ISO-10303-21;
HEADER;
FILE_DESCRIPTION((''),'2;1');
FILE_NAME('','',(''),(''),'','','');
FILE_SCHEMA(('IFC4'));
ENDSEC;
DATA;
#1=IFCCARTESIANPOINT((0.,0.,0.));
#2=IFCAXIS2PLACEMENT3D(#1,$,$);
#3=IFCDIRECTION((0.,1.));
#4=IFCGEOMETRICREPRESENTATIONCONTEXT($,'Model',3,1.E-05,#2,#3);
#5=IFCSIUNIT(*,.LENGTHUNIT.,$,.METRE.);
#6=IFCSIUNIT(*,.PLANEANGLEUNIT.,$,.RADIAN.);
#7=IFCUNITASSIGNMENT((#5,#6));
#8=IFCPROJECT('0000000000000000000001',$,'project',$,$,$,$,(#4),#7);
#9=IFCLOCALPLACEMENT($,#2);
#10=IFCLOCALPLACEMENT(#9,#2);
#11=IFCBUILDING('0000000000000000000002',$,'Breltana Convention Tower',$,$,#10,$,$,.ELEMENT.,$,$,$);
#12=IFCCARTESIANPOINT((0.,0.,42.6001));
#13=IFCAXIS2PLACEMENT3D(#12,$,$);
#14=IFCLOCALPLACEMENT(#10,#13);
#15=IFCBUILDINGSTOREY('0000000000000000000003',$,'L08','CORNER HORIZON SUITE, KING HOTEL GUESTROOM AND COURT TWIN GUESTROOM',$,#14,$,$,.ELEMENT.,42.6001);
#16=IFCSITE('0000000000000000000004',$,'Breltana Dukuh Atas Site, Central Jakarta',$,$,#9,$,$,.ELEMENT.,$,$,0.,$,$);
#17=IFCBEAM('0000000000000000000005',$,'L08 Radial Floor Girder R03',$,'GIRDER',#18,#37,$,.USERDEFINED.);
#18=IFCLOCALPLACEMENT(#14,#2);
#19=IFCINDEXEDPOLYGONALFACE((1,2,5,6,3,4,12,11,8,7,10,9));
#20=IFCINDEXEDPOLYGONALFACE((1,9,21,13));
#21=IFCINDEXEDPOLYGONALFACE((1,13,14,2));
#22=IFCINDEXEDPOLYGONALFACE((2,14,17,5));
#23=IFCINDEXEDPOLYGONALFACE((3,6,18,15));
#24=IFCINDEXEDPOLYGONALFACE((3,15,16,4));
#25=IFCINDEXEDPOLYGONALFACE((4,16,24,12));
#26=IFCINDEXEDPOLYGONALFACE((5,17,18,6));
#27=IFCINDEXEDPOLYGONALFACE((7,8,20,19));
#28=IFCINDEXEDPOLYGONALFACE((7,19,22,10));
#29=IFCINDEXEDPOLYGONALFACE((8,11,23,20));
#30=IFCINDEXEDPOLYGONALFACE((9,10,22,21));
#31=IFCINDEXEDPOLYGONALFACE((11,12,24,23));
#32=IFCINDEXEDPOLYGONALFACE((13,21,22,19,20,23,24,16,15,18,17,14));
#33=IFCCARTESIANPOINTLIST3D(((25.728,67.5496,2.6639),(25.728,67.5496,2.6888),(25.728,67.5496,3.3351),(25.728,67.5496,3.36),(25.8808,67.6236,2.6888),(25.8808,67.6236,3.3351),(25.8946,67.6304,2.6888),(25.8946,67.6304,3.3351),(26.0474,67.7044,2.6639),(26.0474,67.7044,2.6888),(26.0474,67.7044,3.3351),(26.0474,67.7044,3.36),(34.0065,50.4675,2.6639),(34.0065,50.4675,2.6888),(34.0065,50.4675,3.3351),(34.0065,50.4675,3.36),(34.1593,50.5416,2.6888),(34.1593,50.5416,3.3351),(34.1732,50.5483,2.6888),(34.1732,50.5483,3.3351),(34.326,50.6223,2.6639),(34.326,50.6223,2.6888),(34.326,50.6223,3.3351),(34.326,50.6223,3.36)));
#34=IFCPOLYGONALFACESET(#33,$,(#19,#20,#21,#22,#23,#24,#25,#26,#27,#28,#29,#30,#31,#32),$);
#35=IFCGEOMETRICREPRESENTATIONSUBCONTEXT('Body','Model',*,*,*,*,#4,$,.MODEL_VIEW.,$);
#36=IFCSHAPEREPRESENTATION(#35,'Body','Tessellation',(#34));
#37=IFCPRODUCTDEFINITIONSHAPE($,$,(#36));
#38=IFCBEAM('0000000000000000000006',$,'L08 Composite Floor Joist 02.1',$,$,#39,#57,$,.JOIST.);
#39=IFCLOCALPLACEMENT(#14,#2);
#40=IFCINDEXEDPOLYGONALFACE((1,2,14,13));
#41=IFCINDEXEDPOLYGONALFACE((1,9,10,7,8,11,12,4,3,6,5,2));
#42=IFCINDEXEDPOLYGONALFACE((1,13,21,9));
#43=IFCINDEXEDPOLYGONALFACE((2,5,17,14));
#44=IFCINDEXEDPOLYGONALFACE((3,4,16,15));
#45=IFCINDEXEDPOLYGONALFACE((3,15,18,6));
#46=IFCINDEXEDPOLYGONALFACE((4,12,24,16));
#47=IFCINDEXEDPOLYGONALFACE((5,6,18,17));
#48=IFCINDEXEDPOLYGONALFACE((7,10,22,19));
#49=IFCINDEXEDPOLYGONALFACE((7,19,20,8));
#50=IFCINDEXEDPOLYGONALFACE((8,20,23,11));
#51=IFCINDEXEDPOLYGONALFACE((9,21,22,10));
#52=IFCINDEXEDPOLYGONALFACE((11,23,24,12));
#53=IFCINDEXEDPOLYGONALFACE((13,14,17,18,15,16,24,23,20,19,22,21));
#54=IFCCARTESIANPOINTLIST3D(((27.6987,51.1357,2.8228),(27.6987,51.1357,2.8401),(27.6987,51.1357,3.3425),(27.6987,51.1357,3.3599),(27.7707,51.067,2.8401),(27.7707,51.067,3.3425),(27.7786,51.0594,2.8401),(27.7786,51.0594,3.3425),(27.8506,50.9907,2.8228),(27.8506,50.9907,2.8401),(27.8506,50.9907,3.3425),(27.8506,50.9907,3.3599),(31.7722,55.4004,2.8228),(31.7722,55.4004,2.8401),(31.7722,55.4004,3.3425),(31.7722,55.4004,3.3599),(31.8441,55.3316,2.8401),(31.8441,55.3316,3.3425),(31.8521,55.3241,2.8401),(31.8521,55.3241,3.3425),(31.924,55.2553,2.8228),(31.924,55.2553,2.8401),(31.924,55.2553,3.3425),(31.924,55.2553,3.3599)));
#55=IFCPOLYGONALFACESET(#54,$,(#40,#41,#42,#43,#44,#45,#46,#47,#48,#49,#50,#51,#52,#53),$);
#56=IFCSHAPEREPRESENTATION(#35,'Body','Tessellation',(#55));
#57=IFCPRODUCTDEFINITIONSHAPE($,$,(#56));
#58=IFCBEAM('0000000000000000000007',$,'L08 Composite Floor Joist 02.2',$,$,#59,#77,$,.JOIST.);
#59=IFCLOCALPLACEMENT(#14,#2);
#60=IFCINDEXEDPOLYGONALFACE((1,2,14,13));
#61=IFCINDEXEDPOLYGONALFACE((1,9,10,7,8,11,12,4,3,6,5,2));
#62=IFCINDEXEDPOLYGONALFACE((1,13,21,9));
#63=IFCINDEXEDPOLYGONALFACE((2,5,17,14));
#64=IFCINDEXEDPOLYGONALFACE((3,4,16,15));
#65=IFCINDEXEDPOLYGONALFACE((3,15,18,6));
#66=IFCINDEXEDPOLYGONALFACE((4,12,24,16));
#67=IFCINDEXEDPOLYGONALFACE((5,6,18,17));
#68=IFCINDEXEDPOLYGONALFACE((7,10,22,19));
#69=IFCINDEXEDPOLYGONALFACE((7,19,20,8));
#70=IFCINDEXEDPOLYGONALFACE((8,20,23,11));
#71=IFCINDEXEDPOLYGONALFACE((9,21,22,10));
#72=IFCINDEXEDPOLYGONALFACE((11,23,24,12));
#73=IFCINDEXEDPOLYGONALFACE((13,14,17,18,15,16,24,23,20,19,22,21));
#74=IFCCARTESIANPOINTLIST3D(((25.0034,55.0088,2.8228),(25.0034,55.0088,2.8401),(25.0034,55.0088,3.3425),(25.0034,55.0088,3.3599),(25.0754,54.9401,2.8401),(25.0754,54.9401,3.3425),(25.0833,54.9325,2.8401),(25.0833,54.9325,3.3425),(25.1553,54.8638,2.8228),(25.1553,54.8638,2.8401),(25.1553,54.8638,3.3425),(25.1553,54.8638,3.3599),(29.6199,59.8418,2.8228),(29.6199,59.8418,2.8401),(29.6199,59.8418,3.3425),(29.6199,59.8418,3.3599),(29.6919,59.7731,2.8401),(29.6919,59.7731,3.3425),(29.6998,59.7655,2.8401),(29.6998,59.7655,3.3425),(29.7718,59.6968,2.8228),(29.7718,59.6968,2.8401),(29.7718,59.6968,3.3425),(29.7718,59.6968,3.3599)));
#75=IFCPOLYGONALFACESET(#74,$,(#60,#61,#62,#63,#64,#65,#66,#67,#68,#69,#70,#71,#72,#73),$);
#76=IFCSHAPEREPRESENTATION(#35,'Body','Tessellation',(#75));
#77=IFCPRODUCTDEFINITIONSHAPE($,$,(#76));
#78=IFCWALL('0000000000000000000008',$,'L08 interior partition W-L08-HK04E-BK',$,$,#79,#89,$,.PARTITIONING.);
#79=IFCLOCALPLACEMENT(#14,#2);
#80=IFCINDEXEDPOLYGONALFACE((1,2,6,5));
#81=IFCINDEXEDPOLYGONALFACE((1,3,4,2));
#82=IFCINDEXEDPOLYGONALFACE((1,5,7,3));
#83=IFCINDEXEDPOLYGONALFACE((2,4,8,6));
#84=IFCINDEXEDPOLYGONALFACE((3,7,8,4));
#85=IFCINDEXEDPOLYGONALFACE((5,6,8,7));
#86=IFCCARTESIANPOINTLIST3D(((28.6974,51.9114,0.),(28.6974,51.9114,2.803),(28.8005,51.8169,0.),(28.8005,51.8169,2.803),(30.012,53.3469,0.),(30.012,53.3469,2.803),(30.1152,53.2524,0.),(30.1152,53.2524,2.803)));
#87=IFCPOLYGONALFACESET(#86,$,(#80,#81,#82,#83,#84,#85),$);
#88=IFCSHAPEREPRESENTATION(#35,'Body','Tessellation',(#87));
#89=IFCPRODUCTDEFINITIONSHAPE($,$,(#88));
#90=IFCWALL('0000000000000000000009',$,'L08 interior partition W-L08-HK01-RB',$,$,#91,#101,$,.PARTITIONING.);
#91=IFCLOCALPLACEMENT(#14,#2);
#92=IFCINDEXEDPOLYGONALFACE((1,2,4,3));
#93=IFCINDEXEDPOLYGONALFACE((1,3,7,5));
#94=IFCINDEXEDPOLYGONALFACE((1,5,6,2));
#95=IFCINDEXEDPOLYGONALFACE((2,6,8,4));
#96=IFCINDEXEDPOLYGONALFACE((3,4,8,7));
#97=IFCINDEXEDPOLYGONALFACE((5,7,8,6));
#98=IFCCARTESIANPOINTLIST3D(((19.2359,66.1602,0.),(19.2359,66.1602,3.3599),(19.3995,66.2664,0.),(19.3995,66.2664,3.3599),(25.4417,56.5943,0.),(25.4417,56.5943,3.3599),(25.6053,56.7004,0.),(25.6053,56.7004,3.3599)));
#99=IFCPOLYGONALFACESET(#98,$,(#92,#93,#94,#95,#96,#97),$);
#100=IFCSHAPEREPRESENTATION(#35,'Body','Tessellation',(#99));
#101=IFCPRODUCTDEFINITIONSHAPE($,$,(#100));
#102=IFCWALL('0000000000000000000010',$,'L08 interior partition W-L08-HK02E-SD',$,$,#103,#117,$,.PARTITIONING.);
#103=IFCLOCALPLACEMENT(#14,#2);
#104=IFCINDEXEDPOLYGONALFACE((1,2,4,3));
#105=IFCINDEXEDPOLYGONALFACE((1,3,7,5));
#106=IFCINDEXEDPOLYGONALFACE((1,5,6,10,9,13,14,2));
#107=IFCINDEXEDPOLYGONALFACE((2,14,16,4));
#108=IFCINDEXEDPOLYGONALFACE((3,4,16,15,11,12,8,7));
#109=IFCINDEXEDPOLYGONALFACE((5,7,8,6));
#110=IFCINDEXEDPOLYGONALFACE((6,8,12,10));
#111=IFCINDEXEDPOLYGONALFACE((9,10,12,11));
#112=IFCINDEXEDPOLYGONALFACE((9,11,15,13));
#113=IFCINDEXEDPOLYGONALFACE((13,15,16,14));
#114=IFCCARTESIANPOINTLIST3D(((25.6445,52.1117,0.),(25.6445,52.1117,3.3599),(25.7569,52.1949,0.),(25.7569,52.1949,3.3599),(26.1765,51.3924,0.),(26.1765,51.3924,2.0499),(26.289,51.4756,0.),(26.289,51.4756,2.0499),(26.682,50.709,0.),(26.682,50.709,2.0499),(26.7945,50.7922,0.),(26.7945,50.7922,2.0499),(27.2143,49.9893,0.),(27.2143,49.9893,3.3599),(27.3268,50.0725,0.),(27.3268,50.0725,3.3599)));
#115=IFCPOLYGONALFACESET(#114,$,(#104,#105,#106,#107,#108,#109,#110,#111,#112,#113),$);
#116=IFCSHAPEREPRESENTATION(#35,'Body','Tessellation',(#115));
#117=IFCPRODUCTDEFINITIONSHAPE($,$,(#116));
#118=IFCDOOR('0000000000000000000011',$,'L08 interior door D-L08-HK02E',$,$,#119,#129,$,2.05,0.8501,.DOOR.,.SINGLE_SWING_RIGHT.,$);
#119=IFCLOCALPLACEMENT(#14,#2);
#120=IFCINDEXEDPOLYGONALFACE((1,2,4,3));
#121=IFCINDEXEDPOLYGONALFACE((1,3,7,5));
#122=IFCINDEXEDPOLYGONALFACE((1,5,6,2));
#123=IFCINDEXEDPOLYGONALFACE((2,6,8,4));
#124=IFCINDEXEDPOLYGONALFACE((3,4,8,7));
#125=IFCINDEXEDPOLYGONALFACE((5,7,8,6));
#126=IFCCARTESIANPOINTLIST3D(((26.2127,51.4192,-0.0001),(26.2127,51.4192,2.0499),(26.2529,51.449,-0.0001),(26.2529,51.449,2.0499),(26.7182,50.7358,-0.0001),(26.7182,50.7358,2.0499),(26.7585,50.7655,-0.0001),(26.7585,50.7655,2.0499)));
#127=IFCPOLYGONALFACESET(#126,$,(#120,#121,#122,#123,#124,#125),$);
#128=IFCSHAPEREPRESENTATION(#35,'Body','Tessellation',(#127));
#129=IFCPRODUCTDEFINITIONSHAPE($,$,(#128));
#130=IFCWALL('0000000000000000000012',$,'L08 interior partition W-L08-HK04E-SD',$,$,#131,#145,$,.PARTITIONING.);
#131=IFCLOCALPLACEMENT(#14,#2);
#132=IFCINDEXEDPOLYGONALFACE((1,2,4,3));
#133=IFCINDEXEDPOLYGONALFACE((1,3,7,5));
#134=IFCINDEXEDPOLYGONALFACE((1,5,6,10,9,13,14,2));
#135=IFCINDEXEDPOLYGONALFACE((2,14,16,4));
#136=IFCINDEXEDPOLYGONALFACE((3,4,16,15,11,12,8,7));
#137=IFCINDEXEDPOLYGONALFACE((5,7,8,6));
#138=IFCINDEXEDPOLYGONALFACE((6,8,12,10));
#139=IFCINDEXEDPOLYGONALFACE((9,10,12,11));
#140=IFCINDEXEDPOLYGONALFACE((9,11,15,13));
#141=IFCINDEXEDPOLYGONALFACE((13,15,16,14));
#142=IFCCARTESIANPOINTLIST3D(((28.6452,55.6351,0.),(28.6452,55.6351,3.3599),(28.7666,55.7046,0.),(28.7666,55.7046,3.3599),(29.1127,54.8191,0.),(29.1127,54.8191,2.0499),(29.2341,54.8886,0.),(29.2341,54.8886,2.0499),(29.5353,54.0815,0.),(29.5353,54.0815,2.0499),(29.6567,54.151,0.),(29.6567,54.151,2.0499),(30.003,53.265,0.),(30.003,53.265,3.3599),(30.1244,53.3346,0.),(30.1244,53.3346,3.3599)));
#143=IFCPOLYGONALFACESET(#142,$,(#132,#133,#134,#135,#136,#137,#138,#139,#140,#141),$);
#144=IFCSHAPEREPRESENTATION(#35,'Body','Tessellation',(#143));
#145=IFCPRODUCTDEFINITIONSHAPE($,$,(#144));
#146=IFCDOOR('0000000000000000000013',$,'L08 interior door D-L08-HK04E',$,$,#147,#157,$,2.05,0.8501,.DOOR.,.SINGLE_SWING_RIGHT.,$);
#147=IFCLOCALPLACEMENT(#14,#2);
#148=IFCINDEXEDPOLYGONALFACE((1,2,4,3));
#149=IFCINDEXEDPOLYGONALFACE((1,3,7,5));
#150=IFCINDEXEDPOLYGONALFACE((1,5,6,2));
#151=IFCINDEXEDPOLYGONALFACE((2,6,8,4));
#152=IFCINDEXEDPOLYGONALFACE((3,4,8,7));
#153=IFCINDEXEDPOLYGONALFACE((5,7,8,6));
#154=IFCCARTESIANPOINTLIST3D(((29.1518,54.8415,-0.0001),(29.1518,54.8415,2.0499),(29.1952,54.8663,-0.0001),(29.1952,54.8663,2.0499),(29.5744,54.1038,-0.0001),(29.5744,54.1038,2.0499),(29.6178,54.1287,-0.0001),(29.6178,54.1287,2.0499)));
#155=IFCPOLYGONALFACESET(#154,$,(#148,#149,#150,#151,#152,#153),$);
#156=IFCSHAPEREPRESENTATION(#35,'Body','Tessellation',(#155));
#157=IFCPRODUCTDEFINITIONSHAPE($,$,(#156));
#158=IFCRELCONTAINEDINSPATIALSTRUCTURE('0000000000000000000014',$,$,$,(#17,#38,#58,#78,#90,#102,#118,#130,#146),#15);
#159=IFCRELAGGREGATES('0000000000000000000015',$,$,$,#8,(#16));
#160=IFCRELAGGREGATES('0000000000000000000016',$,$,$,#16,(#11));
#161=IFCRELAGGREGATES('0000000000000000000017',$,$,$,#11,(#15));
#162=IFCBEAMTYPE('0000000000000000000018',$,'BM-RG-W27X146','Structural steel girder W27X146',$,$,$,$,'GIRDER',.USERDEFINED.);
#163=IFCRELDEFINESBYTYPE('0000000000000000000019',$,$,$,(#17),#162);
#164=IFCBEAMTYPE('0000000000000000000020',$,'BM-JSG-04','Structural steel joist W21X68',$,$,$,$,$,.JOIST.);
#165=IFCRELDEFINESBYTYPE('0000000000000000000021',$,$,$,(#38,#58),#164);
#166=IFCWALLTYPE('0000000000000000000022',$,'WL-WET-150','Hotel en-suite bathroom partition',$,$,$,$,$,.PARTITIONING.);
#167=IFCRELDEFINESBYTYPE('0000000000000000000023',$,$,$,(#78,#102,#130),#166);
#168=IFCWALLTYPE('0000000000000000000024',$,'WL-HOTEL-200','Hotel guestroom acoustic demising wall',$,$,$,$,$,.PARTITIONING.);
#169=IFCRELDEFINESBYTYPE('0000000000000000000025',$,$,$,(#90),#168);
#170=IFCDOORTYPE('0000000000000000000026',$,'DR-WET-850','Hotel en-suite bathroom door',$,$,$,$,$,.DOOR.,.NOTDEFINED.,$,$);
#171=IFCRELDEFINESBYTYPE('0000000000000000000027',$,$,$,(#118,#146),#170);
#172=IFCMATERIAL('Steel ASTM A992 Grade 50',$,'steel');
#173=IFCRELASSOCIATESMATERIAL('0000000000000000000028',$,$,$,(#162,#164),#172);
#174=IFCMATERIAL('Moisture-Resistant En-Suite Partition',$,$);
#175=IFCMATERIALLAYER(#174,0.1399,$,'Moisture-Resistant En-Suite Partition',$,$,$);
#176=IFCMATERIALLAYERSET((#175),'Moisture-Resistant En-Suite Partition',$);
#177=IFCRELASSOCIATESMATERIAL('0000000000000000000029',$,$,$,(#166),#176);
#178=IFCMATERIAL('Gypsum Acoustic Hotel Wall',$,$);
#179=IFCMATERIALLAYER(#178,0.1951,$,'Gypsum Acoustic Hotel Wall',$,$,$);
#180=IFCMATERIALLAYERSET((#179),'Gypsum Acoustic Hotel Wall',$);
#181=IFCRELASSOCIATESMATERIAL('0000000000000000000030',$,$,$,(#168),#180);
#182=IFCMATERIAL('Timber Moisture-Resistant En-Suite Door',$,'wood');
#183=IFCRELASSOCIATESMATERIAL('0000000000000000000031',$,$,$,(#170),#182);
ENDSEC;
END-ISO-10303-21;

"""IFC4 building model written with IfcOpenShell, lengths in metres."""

from ifc_helpers import new_model, si_unit, direction, frame, frame_2d, origin, origin_2d, place, context, subcontext, project, spatial, rectangle, i_section, extrude, source, transform, mapped, material, layer, layer_set, material_profile, profile_set, type_object, type_shapes, element, fill, save


model = new_model("IFC4")

# Units and contexts
model_context = context("Model", 3, precision=1e-05, world=origin(), true_north=direction((0.0, 1.0)))
body_context = subcontext(model_context, "Body", "Model", "MODEL_VIEW")
ifc_project = project(units=[si_unit("LENGTHUNIT", "METRE"), si_unit("PLANEANGLEUNIT", "RADIAN")], contexts=[model_context])

# Site, building, storey
site_placement = place(None, origin())
site = spatial("IfcSite", under=ifc_project, at=site_placement, Name="Breltana Dukuh Atas Site, Central Jakarta", CompositionType="ELEMENT", RefElevation=0.0)
building_placement = place(site_placement, origin())
building = spatial("IfcBuilding", under=site, at=building_placement, Name="Breltana Convention Tower", CompositionType="ELEMENT")
storey_placement = place(building_placement, frame((0.0, 0.0, 42.6001)))
storey = spatial("IfcBuildingStorey", under=building, at=storey_placement, Name="L08", Description="CORNER HORIZON SUITE, KING HOTEL GUESTROOM AND COURT TWIN GUESTROOM", CompositionType="ELEMENT", Elevation=42.6001)

# Beams
ifc_material_1 = material(Name="Steel ASTM A992 Grade 50", Category="steel")
ifc_material_profile_1 = material_profile(ifc_material_1, i_section(OverallWidth=0.355, OverallDepth=0.696, WebThickness=0.0154, FlangeThickness=0.0249, at=origin_2d()), Name="W27X146")
ifc_profile_set_1 = profile_set([ifc_material_profile_1], Name="Steel ASTM A992 Grade 50")
beam_type_1 = type_object("IfcBeamType", Name="BM-RG-W27X146", Description="Structural steel girder W27X146", ElementType="GIRDER", PredefinedType="USERDEFINED", material=ifc_profile_set_1)
shared_shape_1 = source(origin(), body_context, "Body", "SweptSolid", [
    extrude(i_section(OverallWidth=0.355, OverallDepth=0.696, WebThickness=0.0154, FlangeThickness=0.0249, at=origin_2d()), origin(), (0.0, 0.0, 1.0), 18.9824),
])
beam_1_placement = place(storey_placement, frame((34.1663, 50.5449, 3.012), z_axis=(-0.436119, 0.899889, 0.0), x_axis=(-0.899889, -0.436119, 0.0)))
element("IfcBeam", 1, at=beam_1_placement, inside=storey, type_object=beam_type_1, Name="L08 Radial Floor Girder R03", ObjectType="GIRDER", PredefinedType="USERDEFINED", context=body_context, shape_type="MappedRepresentation", body=[
    mapped(shared_shape_1, transform((0.0, 0.0, 0.0), scale=1.0)),
])
ifc_material_profile_2 = material_profile(ifc_material_1, i_section(OverallWidth=0.21, OverallDepth=0.5371, WebThickness=0.011, FlangeThickness=0.0173, at=origin_2d()), Name="W21X68")
ifc_profile_set_2 = profile_set([ifc_material_profile_2], Name="Steel ASTM A992 Grade 50")
beam_type_2 = type_object("IfcBeamType", Name="BM-JSG-04", Description="Structural steel joist W21X68", PredefinedType="JOIST", material=ifc_profile_set_2)
shared_shape_2 = source(origin(), body_context, "Body", "SweptSolid", [
    extrude(i_section(OverallWidth=0.21, OverallDepth=0.5371, WebThickness=0.011, FlangeThickness=0.0173, at=origin_2d()), origin(), (0.0, 0.0, 1.0), 5.8975),
])
beam_2_placement = place(storey_placement, frame((27.7747, 51.0632, 3.0913), z_axis=(0.690714, 0.723128, 0.0), x_axis=(-0.723128, 0.690714, 0.0)))
element("IfcBeam", 2, at=beam_2_placement, inside=storey, type_object=beam_type_2, Name="L08 Composite Floor Joist 02.1", PredefinedType="JOIST", context=body_context, shape_type="MappedRepresentation", body=[
    mapped(shared_shape_2, transform((0.0, 0.0, 0.0), scale=1.0)),
])
shared_shape_3 = source(origin(), body_context, "Body", "SweptSolid", [
    extrude(i_section(OverallWidth=0.21, OverallDepth=0.5371, WebThickness=0.011, FlangeThickness=0.0173, at=origin_2d()), origin(), (0.0, 0.0, 1.0), 6.6836),
])
beam_3_placement = place(storey_placement, frame((25.0793, 54.9363, 3.0913), z_axis=(0.690721, 0.723122, 0.0), x_axis=(-0.723122, 0.690721, 0.0)))
element("IfcBeam", 3, at=beam_3_placement, inside=storey, type_object=beam_type_2, Name="L08 Composite Floor Joist 02.2", PredefinedType="JOIST", context=body_context, shape_type="MappedRepresentation", body=[
    mapped(shared_shape_3, transform((0.0, 0.0, 0.0), scale=1.0)),
])

# Walls
ifc_material_2 = material(Name="Moisture-Resistant En-Suite Partition")
ifc_layer_1 = layer(ifc_material_2, 0.1399, Name="Moisture-Resistant En-Suite Partition")
ifc_layer_set_1 = layer_set([ifc_layer_1], Name="Moisture-Resistant En-Suite Partition")
wall_type_1 = type_object("IfcWallType", Name="WL-WET-150", Description="Hotel en-suite bathroom partition", PredefinedType="PARTITIONING", material=ifc_layer_set_1)
shared_shape_4 = source(origin(), body_context, "Body", "SweptSolid", [
    extrude(rectangle(XDim=1.9465, YDim=0.1399, at=frame_2d((0.9731, 0.0))), origin(), (0.0, 0.0, 1.0), 2.803),
])
wall_1_placement = place(storey_placement, frame((28.749, 51.8643, 0.0), z_axis=(0.0, 0.0, 1.0), x_axis=(0.675384, 0.737466, 0.0)))
element("IfcWall", 4, at=wall_1_placement, inside=storey, type_object=wall_type_1, Name="L08 interior partition W-L08-HK04E-BK", PredefinedType="PARTITIONING", context=body_context, shape_type="MappedRepresentation", body=[
    mapped(shared_shape_4, transform((0.0, 0.0, 0.0), scale=1.0)),
])
ifc_material_3 = material(Name="Gypsum Acoustic Hotel Wall")
ifc_layer_2 = layer(ifc_material_3, 0.1951, Name="Gypsum Acoustic Hotel Wall")
ifc_layer_set_2 = layer_set([ifc_layer_2], Name="Gypsum Acoustic Hotel Wall")
wall_type_2 = type_object("IfcWallType", Name="WL-HOTEL-200", Description="Hotel guestroom acoustic demising wall", PredefinedType="PARTITIONING", material=ifc_layer_set_2)
shared_shape_5 = source(origin(), body_context, "Body", "SweptSolid", [
    extrude(rectangle(XDim=11.4026, YDim=0.1951, at=frame_2d((5.7012, 0.0))), origin(), (0.0, 0.0, 1.0), 3.3599),
])
wall_2_placement = place(storey_placement, frame((25.5234, 56.6475, 0.0), z_axis=(0.0, 0.0, 1.0), x_axis=(-0.544246, 0.838926, 0.0)))
element("IfcWall", 5, at=wall_2_placement, inside=storey, type_object=wall_type_2, Name="L08 interior partition W-L08-HK01-RB", PredefinedType="PARTITIONING", context=body_context, shape_type="MappedRepresentation", body=[
    mapped(shared_shape_5, transform((0.0, 0.0, 0.0), scale=1.0)),
])

# Walls, openings, doors
shared_shape_6 = source(origin(), body_context, "Body", "SweptSolid", [
    extrude(rectangle(XDim=2.6399, YDim=0.1399, at=frame_2d((1.3198, 0.0))), origin(), (0.0, 0.0, 1.0), 3.3599),
])
wall_3_placement = place(storey_placement, frame((27.2705, 50.031, 0.0), z_axis=(0.0, 0.0, 1.0), x_axis=(-0.594674, 0.803967, 0.0)))
wall_3 = element("IfcWall", 6, at=wall_3_placement, inside=storey, type_object=wall_type_1, Name="L08 interior partition W-L08-HK02E-SD", PredefinedType="PARTITIONING", context=body_context, shape_type="MappedRepresentation", body=[
    mapped(shared_shape_6, transform((0.0, 0.0, 0.0), scale=1.0)),
])
opening_1_placement = place(wall_3_placement, frame((0.895, 0.0, 0.0)))
opening_1 = element("IfcOpeningElement", 7, at=opening_1_placement, cuts=wall_3, PredefinedType="OPENING", context=body_context, shape_type="SweptSolid", body=[
    extrude(rectangle(XDim=0.8501, YDim=2.05, at=frame_2d((0.425, 1.0249))), frame((0.0, 0.0801, 0.0), z_axis=(0.0, -1.0, 0.0), x_axis=(1.0, 0.0, 0.0)), (0.0, 0.0, 1.0), 0.1599),
])
ifc_material_4 = material(Name="Timber Moisture-Resistant En-Suite Door", Category="wood")
door_type_1 = type_object("IfcDoorType", Name="DR-WET-850", Description="Hotel en-suite bathroom door", OperationType="NOTDEFINED", PredefinedType="DOOR", material=ifc_material_4)
shared_shape_7 = source(origin(), body_context, "Body", "SweptSolid", [
    extrude(rectangle(XDim=0.8501, YDim=2.05, at=frame_2d((0.425, 1.0249))), frame((0.0, 0.0249, 0.0), z_axis=(0.0, -1.0, 0.0), x_axis=(1.0, 0.0, 0.0)), (0.0, 0.0, 1.0), 0.05),
])
type_shapes(door_type_1, [shared_shape_7])
door_1_placement = place(opening_1_placement, origin())
door_1 = element("IfcDoor", 8, at=door_1_placement, inside=storey, type_object=door_type_1, Name="L08 interior door D-L08-HK02E", OperationType="SINGLE_SWING_RIGHT", OverallHeight=2.05, OverallWidth=0.8501, PredefinedType="DOOR", context=body_context, shape_type="MappedRepresentation", body=[
    mapped(shared_shape_7, transform((0.0, 0.0, 0.0), scale=1.0)),
])
fill(opening_1, door_1)
shared_shape_8 = source(origin(), body_context, "Body", "SweptSolid", [
    extrude(rectangle(XDim=2.7314, YDim=0.1399, at=frame_2d((1.3657, 0.0))), origin(), (0.0, 0.0, 1.0), 3.3599),
])
wall_4_placement = place(storey_placement, frame((30.0637, 53.2998, 0.0), z_axis=(0.0, 0.0, 1.0), x_axis=(-0.49712, 0.867682, 0.0)))
wall_4 = element("IfcWall", 9, at=wall_4_placement, inside=storey, type_object=wall_type_1, Name="L08 interior partition W-L08-HK04E-SD", PredefinedType="PARTITIONING", context=body_context, shape_type="MappedRepresentation", body=[
    mapped(shared_shape_8, transform((0.0, 0.0, 0.0), scale=1.0)),
])
opening_2_placement = place(wall_4_placement, frame((0.9409, 0.0, 0.0)))
opening_2 = element("IfcOpeningElement", 10, at=opening_2_placement, cuts=wall_4, PredefinedType="OPENING", context=body_context, shape_type="SweptSolid", body=[
    extrude(rectangle(XDim=0.8501, YDim=2.05, at=frame_2d((0.425, 1.0249))), frame((0.0, 0.0801, 0.0), z_axis=(0.0, -1.0, 0.0), x_axis=(1.0, 0.0, 0.0)), (0.0, 0.0, 1.0), 0.1599),
])
door_2_placement = place(opening_2_placement, origin())
door_2 = element("IfcDoor", 11, at=door_2_placement, inside=storey, type_object=door_type_1, Name="L08 interior door D-L08-HK04E", OperationType="SINGLE_SWING_RIGHT", OverallHeight=2.05, OverallWidth=0.8501, PredefinedType="DOOR", context=body_context, shape_type="MappedRepresentation", body=[
    mapped(shared_shape_7, transform((0.0, 0.0, 0.0), scale=1.0)),
])
fill(opening_2, door_2)

save(model, "model.ifc")
